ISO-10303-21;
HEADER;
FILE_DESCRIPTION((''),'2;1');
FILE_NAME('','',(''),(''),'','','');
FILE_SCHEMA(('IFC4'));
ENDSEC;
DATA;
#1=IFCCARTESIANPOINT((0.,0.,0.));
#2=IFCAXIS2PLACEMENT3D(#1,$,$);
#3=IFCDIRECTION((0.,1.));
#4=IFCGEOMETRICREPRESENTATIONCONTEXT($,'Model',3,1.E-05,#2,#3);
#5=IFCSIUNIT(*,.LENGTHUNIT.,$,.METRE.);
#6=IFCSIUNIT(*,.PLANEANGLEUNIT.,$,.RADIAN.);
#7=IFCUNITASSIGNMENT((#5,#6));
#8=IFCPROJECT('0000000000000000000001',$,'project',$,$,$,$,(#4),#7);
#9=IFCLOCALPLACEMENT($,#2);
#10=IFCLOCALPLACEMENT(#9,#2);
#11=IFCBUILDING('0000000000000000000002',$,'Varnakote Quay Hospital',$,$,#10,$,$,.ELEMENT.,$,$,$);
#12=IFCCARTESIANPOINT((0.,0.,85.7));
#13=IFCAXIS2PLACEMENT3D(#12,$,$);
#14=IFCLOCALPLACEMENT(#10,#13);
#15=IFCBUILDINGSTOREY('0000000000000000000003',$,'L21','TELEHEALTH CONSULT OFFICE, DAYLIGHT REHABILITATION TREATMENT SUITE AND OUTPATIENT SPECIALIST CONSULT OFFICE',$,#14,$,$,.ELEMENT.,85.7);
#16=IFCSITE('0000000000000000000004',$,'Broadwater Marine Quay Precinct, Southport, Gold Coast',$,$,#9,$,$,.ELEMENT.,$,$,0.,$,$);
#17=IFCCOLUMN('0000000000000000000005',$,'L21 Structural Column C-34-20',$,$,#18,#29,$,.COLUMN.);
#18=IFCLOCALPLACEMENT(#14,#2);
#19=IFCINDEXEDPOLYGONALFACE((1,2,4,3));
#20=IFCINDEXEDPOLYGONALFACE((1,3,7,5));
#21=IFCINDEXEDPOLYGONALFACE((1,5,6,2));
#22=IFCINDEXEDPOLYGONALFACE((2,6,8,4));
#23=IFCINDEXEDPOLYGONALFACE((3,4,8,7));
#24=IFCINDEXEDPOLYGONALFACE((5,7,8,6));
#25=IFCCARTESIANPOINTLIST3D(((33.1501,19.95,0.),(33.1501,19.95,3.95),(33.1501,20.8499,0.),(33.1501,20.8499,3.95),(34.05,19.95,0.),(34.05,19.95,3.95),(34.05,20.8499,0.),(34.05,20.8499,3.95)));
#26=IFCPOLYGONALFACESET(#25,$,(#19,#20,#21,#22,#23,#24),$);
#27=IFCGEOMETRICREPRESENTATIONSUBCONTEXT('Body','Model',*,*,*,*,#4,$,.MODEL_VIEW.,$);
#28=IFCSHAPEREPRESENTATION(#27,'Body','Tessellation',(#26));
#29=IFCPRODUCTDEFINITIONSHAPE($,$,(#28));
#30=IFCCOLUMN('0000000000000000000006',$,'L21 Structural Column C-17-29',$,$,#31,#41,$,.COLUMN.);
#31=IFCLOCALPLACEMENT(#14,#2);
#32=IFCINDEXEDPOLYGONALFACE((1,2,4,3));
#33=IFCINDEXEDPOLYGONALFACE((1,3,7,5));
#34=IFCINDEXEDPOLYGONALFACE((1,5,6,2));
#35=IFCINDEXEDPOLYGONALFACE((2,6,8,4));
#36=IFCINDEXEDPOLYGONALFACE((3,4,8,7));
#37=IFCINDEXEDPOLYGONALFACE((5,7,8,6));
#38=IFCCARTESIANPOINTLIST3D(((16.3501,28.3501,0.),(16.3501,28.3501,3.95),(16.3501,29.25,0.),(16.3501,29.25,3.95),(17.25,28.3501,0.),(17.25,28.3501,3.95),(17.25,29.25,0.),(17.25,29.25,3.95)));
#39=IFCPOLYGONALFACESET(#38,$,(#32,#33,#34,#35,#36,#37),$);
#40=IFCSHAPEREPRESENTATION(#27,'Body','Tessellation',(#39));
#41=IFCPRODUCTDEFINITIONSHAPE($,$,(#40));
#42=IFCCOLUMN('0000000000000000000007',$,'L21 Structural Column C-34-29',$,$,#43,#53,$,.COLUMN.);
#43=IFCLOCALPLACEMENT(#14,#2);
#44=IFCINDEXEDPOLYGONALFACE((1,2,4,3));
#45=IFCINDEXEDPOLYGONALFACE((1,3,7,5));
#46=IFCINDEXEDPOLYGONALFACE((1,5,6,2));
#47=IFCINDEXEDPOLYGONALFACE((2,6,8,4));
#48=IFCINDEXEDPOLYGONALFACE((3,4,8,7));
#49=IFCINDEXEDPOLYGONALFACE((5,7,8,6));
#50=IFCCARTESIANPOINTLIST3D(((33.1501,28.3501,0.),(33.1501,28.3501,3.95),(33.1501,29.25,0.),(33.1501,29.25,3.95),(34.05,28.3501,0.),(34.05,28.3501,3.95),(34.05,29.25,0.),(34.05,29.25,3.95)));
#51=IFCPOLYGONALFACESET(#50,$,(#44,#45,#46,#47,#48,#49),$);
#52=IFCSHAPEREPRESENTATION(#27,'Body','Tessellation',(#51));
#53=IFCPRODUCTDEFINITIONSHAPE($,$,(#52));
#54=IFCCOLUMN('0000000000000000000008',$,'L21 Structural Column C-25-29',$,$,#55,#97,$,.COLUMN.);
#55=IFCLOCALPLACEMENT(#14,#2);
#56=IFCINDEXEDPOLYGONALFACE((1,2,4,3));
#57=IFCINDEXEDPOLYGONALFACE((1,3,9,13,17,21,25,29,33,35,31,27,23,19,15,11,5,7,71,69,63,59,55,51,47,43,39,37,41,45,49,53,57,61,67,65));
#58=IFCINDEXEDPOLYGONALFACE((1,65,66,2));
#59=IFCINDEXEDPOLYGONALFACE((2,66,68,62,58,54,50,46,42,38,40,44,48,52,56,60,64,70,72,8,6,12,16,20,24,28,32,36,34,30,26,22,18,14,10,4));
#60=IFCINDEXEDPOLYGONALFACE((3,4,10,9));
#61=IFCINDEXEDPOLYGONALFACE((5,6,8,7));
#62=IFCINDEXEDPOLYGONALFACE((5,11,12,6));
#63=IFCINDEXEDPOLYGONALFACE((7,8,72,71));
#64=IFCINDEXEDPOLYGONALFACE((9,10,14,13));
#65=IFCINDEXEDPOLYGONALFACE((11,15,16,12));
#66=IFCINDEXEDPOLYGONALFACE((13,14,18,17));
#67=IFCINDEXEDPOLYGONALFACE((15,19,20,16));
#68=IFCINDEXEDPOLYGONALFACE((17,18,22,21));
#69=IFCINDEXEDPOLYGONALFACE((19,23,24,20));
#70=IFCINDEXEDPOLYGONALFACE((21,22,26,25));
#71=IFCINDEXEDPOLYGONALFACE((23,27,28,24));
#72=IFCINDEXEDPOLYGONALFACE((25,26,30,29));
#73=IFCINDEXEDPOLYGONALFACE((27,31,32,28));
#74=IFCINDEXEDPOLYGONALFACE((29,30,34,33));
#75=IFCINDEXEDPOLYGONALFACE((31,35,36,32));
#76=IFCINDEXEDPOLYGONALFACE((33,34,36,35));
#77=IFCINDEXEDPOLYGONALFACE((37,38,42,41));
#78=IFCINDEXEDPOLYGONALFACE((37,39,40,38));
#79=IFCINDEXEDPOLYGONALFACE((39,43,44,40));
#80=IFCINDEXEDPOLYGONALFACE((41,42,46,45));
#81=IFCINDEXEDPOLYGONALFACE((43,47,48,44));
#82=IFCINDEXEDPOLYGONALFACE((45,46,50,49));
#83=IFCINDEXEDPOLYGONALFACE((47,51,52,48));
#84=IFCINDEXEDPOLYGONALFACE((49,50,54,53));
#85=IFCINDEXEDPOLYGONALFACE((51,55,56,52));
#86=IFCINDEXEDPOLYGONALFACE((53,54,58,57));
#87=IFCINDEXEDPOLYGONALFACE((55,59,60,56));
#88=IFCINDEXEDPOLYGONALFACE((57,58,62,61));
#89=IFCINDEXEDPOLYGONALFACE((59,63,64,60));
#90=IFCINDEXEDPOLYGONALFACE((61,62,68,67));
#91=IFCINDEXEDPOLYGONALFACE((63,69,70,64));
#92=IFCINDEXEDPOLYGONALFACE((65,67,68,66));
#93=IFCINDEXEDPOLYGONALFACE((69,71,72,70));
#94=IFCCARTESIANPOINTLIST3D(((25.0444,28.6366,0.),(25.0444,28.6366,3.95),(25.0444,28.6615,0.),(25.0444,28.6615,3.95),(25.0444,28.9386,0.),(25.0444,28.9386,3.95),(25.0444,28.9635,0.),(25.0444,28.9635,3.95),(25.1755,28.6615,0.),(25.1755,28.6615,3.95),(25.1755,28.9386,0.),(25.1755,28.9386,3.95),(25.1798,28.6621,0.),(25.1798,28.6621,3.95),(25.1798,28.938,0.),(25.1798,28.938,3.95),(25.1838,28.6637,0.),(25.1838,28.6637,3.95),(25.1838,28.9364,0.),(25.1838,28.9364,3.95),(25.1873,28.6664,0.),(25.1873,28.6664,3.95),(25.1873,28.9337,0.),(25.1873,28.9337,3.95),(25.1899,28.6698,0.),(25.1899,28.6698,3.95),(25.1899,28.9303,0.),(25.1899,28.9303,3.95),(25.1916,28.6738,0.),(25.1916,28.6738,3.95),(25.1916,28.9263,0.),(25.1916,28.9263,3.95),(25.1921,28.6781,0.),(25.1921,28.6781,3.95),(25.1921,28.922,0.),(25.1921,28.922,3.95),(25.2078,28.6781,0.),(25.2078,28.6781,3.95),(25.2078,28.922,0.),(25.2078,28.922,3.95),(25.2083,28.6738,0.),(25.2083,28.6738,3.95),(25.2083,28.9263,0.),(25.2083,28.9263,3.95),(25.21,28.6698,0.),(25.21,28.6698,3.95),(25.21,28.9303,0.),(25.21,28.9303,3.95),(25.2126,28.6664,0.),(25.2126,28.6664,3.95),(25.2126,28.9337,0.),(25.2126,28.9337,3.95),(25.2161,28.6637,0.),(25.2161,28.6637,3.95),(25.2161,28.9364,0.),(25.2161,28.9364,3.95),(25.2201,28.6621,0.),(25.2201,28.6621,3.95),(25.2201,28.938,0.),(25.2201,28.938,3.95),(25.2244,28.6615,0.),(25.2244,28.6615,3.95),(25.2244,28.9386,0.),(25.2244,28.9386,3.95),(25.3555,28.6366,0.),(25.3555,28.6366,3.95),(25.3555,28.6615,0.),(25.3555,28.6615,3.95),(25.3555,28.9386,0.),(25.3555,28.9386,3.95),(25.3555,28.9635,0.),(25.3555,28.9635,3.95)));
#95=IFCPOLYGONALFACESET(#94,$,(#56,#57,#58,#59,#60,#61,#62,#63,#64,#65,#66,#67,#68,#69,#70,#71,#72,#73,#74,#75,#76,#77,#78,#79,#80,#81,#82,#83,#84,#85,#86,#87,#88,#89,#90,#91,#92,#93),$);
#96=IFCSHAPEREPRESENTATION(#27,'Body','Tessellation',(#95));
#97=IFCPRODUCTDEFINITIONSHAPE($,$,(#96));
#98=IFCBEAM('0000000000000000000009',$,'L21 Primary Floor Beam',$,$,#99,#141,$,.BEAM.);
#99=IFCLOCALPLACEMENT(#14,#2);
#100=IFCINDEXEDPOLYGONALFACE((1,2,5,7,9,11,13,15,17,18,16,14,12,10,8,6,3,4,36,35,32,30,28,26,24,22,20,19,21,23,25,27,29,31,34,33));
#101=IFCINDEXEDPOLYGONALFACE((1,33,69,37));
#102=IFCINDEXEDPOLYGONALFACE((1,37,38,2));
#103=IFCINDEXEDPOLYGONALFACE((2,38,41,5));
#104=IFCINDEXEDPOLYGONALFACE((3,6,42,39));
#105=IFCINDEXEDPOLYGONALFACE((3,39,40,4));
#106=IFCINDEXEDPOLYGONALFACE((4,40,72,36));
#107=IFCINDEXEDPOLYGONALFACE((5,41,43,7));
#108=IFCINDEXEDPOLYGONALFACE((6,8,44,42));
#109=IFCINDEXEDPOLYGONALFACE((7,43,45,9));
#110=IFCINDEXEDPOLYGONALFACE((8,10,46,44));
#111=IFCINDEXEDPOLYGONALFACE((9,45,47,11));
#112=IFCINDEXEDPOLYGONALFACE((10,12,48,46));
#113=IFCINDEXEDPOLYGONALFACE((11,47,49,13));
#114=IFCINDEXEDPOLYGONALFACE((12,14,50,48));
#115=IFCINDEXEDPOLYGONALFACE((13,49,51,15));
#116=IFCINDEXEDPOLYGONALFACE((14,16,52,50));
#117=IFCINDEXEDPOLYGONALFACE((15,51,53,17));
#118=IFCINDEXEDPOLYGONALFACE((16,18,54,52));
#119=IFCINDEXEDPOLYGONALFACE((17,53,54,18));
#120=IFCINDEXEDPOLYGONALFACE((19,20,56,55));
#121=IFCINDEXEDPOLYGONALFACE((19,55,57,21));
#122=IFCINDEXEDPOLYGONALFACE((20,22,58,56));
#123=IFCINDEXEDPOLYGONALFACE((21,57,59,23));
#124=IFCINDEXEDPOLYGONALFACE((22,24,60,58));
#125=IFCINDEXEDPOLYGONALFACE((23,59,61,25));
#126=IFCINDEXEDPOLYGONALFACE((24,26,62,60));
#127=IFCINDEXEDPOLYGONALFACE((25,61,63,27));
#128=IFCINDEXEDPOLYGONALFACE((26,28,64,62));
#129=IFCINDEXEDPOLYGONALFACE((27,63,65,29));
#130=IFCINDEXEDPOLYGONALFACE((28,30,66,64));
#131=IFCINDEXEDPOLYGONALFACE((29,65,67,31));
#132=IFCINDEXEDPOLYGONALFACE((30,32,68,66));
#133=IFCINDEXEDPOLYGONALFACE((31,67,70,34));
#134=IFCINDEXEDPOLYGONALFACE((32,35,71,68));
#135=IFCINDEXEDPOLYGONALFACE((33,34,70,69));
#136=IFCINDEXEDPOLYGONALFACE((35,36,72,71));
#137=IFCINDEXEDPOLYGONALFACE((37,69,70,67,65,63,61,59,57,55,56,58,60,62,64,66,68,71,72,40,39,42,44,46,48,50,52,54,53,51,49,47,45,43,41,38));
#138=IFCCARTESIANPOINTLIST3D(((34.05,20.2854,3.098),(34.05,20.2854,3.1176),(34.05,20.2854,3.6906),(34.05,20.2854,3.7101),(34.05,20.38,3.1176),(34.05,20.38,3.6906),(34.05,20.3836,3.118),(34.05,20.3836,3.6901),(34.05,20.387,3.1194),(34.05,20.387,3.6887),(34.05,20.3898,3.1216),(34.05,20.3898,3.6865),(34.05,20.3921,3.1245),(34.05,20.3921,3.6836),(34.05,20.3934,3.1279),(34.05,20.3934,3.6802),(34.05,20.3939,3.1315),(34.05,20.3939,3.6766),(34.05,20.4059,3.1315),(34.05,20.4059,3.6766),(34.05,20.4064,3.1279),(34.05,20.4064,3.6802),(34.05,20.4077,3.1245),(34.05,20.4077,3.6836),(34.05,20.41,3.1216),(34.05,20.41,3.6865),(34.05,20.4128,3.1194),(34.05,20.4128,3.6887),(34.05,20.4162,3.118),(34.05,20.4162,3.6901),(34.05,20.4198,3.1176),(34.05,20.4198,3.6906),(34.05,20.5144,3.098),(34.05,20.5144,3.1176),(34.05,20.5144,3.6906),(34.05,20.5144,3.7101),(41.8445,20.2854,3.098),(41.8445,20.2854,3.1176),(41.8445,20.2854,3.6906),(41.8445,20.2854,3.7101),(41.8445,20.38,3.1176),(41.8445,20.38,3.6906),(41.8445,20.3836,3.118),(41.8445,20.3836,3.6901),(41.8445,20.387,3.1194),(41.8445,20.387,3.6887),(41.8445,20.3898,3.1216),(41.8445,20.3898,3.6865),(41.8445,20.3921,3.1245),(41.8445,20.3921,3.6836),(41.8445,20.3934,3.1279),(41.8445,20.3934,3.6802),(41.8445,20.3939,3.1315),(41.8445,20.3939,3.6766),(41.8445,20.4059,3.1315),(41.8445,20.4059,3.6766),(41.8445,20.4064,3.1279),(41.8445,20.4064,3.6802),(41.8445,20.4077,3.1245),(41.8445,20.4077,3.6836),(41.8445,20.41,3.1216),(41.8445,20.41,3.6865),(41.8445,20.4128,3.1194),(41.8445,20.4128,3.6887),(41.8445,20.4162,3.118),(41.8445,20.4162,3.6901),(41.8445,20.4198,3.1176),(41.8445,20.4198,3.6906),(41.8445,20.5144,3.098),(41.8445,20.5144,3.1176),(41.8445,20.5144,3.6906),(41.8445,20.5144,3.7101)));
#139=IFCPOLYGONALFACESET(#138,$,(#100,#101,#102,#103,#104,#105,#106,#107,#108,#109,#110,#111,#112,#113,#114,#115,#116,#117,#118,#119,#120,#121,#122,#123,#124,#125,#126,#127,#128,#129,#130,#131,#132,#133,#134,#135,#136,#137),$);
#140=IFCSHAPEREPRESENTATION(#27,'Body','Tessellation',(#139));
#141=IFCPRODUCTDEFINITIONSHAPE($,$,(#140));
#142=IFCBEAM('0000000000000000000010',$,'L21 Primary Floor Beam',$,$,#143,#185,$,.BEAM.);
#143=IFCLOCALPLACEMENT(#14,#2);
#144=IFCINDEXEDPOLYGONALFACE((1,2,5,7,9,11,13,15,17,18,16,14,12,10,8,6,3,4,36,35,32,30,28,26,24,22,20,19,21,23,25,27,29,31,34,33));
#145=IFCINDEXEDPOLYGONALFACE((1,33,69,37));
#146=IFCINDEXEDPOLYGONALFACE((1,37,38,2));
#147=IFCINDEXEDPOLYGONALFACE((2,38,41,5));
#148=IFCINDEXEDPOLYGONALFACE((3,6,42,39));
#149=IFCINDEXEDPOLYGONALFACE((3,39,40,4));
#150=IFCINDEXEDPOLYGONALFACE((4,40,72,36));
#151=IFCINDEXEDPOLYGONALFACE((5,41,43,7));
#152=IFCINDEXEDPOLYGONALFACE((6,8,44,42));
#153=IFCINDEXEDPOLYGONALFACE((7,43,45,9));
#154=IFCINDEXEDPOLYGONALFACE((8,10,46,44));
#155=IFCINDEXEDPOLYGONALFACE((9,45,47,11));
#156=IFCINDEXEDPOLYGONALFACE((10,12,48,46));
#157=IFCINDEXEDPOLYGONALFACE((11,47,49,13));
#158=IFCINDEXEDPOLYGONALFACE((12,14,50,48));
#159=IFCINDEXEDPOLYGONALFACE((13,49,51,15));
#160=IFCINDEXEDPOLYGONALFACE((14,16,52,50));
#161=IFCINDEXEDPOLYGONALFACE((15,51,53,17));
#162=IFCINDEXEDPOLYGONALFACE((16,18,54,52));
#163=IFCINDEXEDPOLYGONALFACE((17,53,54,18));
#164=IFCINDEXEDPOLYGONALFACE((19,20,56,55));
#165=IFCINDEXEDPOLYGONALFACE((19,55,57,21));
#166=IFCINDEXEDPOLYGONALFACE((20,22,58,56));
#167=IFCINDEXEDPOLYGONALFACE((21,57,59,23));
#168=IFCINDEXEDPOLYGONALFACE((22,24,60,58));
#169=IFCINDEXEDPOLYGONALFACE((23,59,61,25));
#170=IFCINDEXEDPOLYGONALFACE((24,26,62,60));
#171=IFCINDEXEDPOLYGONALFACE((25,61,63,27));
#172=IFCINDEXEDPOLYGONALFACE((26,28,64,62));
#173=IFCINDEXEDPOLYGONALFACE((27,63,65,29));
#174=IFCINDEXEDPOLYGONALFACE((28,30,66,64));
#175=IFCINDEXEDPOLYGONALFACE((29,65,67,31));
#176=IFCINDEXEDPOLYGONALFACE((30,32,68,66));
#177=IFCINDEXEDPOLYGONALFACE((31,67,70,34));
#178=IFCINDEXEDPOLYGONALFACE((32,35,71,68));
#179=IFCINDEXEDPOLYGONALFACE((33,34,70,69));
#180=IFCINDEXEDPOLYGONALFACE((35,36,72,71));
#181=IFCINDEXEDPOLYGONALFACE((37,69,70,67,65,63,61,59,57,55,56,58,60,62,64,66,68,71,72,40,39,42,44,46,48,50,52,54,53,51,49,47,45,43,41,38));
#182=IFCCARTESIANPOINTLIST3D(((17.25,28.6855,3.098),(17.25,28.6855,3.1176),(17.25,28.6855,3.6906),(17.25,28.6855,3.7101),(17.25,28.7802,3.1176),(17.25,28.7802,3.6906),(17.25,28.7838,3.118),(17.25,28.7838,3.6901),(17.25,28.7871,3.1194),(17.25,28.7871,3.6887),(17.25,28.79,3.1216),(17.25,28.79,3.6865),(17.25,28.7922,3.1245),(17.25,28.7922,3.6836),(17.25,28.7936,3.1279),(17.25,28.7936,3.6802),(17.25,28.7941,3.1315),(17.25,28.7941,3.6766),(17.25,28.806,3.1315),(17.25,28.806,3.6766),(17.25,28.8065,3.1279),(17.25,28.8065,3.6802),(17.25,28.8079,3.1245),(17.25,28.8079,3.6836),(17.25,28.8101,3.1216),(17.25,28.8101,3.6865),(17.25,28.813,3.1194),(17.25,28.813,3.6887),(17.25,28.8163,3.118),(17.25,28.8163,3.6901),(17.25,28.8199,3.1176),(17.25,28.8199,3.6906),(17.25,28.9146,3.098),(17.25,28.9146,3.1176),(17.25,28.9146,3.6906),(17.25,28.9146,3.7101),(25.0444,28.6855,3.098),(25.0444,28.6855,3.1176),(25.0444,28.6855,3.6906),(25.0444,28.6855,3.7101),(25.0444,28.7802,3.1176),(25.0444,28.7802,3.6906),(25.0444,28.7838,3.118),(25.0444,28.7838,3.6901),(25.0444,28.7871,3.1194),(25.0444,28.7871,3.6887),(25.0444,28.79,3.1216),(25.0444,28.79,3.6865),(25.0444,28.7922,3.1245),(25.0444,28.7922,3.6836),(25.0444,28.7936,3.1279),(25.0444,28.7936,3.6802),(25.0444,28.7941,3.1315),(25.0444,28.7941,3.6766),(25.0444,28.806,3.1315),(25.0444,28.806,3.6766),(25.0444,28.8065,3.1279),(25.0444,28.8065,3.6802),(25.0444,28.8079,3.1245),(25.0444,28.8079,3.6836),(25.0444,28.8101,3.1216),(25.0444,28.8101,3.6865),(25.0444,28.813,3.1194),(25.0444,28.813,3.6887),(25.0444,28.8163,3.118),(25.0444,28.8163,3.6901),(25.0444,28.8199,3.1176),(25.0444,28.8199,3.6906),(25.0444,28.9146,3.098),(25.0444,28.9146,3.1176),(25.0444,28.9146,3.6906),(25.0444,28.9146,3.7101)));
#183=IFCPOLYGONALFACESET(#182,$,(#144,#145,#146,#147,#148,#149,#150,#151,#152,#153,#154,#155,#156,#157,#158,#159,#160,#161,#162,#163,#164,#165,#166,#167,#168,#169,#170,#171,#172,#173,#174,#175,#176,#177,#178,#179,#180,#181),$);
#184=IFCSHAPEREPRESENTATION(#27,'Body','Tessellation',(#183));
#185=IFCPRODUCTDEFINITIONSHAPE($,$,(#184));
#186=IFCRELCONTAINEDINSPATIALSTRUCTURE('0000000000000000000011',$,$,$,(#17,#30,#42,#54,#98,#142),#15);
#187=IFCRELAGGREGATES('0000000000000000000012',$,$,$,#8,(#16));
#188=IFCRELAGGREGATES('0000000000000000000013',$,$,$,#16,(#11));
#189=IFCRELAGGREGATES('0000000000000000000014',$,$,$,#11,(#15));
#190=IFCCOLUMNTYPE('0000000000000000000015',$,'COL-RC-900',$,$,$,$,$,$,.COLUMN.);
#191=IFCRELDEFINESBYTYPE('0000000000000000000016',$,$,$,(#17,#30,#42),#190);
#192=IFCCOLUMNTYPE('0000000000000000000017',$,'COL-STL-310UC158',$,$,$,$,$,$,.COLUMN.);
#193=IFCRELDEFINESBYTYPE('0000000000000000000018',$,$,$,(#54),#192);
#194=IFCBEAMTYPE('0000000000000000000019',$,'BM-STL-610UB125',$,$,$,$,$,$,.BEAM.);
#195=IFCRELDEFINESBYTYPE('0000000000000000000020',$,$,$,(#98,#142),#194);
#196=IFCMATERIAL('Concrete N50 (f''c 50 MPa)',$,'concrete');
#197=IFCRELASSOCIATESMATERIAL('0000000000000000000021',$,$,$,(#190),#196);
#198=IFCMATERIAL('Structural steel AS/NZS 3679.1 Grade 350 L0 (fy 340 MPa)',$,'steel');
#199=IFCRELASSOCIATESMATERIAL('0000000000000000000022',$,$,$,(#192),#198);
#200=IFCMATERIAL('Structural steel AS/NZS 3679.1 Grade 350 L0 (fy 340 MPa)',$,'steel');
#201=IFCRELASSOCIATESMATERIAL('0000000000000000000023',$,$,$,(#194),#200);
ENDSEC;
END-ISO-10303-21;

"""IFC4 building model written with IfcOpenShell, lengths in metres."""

from ifc_helpers import new_model, si_unit, direction, frame, origin, origin_2d, place, context, subcontext, project, spatial, rectangle, i_section, extrude, material, material_profile, profile_set, type_object, element, save


model = new_model("IFC4")

# Units and contexts
model_context = context("Model", 3, precision=1e-05, world=origin(), true_north=direction((0.0, 1.0)))
body_context = subcontext(model_context, "Body", "Model", "MODEL_VIEW")
ifc_project = project(units=[si_unit("LENGTHUNIT", "METRE"), si_unit("PLANEANGLEUNIT", "RADIAN")], contexts=[model_context])

# Site, building, storey
site_placement = place(None, origin())
site = spatial("IfcSite", under=ifc_project, at=site_placement, Name="Broadwater Marine Quay Precinct, Southport, Gold Coast", CompositionType="ELEMENT", RefElevation=0.0)
building_placement = place(site_placement, origin())
building = spatial("IfcBuilding", under=site, at=building_placement, Name="Varnakote Quay Hospital", CompositionType="ELEMENT")
storey_placement = place(building_placement, frame((0.0, 0.0, 85.7)))
storey = spatial("IfcBuildingStorey", under=building, at=storey_placement, Name="L21", Description="TELEHEALTH CONSULT OFFICE, DAYLIGHT REHABILITATION TREATMENT SUITE AND OUTPATIENT SPECIALIST CONSULT OFFICE", CompositionType="ELEMENT", Elevation=85.7)

# Columns
ifc_material_1 = material(Name="Concrete N50 (f'c 50 MPa)", Category="concrete")
ifc_material_profile_1 = material_profile(ifc_material_1, rectangle(XDim=0.8999, YDim=0.8999, at=origin_2d()), Name="RC-COL-900x900")
ifc_profile_set_1 = profile_set([ifc_material_profile_1], Name="Concrete N50 (f'c 50 MPa)")
column_type_1 = type_object("IfcColumnType", Name="COL-RC-900", PredefinedType="COLUMN", material=ifc_profile_set_1)
for number, where, z_axis, x_axis, name in (
    (1, (33.6001, 20.3999, 0.0), (0.0, 0.0, 1.0), (1.0, 0.0, 0.0), "L21 Structural Column C-34-20"),
    (2, (16.8, 28.8, 0.0), (0.0, 0.0, 1.0), (1.0, 0.0, 0.0), "L21 Structural Column C-17-29"),
    (3, (33.6001, 28.8, 0.0), (0.0, 0.0, 1.0), (1.0, 0.0, 0.0), "L21 Structural Column C-34-29"),
):
    element("IfcColumn", number, at=place(storey_placement, frame(where, z_axis=z_axis, x_axis=x_axis)), inside=storey, type_object=column_type_1, Name=name, PredefinedType="COLUMN", context=body_context, shape_type="SweptSolid", body=[
        extrude(rectangle(XDim=0.8999, YDim=0.8999, at=origin_2d()), origin(), (0.0, 0.0, 1.0), 3.95),
    ])
ifc_material_2 = material(Name="Structural steel AS/NZS 3679.1 Grade 350 L0 (fy 340 MPa)", Category="steel")
ifc_material_profile_2 = material_profile(ifc_material_2, i_section(OverallWidth=0.311, OverallDepth=0.3269, WebThickness=0.0156, FlangeThickness=0.0249, FilletRadius=0.0166, at=origin_2d()), Name="310UC158")
ifc_profile_set_2 = profile_set([ifc_material_profile_2], Name="Structural steel AS/NZS 3679.1 Grade 350 L0 (fy 340 MPa)")
column_type_2 = type_object("IfcColumnType", Name="COL-STL-310UC158", PredefinedType="COLUMN", material=ifc_profile_set_2)
column_placement = place(storey_placement, frame((25.2, 28.8, 0.0), z_axis=(0.0, 0.0, 1.0), x_axis=(1.0, 0.0, 0.0)))
element("IfcColumn", 4, at=column_placement, inside=storey, type_object=column_type_2, Name="L21 Structural Column C-25-29", PredefinedType="COLUMN", context=body_context, shape_type="SweptSolid", body=[
    extrude(i_section(OverallWidth=0.311, OverallDepth=0.3269, WebThickness=0.0156, FlangeThickness=0.0249, FilletRadius=0.0166, at=origin_2d()), origin(), (0.0, 0.0, 1.0), 3.95),
])

# Beams
ifc_material_3 = material(Name="Structural steel AS/NZS 3679.1 Grade 350 L0 (fy 340 MPa)", Category="steel")
ifc_material_profile_3 = material_profile(ifc_material_3, i_section(OverallWidth=0.229, OverallDepth=0.6121, WebThickness=0.012, FlangeThickness=0.0195, FilletRadius=0.0139, at=origin_2d()), Name="610UB125")
ifc_profile_set_3 = profile_set([ifc_material_profile_3], Name="Structural steel AS/NZS 3679.1 Grade 350 L0 (fy 340 MPa)")
beam_type_1 = type_object("IfcBeamType", Name="BM-STL-610UB125", PredefinedType="BEAM", material=ifc_profile_set_3)
for number, where, z_axis, x_axis, name in (
    (5, (34.05, 20.3999, 3.4041), (1.0, 0.0, 0.0), (0.0, 1.0, 0.0), "L21 Primary Floor Beam"),
    (6, (17.25, 28.8, 3.4041), (1.0, 0.0, 0.0), (0.0, 1.0, 0.0), "L21 Primary Floor Beam"),
):
    element("IfcBeam", number, at=place(storey_placement, frame(where, z_axis=z_axis, x_axis=x_axis)), inside=storey, type_object=beam_type_1, Name=name, PredefinedType="BEAM", context=body_context, shape_type="SweptSolid", body=[
        extrude(i_section(OverallWidth=0.229, OverallDepth=0.6121, WebThickness=0.012, FlangeThickness=0.0195, FilletRadius=0.0139, at=origin_2d()), origin(), (0.0, 0.0, 1.0), 7.7944),
    ])

save(model, "model.ifc")
